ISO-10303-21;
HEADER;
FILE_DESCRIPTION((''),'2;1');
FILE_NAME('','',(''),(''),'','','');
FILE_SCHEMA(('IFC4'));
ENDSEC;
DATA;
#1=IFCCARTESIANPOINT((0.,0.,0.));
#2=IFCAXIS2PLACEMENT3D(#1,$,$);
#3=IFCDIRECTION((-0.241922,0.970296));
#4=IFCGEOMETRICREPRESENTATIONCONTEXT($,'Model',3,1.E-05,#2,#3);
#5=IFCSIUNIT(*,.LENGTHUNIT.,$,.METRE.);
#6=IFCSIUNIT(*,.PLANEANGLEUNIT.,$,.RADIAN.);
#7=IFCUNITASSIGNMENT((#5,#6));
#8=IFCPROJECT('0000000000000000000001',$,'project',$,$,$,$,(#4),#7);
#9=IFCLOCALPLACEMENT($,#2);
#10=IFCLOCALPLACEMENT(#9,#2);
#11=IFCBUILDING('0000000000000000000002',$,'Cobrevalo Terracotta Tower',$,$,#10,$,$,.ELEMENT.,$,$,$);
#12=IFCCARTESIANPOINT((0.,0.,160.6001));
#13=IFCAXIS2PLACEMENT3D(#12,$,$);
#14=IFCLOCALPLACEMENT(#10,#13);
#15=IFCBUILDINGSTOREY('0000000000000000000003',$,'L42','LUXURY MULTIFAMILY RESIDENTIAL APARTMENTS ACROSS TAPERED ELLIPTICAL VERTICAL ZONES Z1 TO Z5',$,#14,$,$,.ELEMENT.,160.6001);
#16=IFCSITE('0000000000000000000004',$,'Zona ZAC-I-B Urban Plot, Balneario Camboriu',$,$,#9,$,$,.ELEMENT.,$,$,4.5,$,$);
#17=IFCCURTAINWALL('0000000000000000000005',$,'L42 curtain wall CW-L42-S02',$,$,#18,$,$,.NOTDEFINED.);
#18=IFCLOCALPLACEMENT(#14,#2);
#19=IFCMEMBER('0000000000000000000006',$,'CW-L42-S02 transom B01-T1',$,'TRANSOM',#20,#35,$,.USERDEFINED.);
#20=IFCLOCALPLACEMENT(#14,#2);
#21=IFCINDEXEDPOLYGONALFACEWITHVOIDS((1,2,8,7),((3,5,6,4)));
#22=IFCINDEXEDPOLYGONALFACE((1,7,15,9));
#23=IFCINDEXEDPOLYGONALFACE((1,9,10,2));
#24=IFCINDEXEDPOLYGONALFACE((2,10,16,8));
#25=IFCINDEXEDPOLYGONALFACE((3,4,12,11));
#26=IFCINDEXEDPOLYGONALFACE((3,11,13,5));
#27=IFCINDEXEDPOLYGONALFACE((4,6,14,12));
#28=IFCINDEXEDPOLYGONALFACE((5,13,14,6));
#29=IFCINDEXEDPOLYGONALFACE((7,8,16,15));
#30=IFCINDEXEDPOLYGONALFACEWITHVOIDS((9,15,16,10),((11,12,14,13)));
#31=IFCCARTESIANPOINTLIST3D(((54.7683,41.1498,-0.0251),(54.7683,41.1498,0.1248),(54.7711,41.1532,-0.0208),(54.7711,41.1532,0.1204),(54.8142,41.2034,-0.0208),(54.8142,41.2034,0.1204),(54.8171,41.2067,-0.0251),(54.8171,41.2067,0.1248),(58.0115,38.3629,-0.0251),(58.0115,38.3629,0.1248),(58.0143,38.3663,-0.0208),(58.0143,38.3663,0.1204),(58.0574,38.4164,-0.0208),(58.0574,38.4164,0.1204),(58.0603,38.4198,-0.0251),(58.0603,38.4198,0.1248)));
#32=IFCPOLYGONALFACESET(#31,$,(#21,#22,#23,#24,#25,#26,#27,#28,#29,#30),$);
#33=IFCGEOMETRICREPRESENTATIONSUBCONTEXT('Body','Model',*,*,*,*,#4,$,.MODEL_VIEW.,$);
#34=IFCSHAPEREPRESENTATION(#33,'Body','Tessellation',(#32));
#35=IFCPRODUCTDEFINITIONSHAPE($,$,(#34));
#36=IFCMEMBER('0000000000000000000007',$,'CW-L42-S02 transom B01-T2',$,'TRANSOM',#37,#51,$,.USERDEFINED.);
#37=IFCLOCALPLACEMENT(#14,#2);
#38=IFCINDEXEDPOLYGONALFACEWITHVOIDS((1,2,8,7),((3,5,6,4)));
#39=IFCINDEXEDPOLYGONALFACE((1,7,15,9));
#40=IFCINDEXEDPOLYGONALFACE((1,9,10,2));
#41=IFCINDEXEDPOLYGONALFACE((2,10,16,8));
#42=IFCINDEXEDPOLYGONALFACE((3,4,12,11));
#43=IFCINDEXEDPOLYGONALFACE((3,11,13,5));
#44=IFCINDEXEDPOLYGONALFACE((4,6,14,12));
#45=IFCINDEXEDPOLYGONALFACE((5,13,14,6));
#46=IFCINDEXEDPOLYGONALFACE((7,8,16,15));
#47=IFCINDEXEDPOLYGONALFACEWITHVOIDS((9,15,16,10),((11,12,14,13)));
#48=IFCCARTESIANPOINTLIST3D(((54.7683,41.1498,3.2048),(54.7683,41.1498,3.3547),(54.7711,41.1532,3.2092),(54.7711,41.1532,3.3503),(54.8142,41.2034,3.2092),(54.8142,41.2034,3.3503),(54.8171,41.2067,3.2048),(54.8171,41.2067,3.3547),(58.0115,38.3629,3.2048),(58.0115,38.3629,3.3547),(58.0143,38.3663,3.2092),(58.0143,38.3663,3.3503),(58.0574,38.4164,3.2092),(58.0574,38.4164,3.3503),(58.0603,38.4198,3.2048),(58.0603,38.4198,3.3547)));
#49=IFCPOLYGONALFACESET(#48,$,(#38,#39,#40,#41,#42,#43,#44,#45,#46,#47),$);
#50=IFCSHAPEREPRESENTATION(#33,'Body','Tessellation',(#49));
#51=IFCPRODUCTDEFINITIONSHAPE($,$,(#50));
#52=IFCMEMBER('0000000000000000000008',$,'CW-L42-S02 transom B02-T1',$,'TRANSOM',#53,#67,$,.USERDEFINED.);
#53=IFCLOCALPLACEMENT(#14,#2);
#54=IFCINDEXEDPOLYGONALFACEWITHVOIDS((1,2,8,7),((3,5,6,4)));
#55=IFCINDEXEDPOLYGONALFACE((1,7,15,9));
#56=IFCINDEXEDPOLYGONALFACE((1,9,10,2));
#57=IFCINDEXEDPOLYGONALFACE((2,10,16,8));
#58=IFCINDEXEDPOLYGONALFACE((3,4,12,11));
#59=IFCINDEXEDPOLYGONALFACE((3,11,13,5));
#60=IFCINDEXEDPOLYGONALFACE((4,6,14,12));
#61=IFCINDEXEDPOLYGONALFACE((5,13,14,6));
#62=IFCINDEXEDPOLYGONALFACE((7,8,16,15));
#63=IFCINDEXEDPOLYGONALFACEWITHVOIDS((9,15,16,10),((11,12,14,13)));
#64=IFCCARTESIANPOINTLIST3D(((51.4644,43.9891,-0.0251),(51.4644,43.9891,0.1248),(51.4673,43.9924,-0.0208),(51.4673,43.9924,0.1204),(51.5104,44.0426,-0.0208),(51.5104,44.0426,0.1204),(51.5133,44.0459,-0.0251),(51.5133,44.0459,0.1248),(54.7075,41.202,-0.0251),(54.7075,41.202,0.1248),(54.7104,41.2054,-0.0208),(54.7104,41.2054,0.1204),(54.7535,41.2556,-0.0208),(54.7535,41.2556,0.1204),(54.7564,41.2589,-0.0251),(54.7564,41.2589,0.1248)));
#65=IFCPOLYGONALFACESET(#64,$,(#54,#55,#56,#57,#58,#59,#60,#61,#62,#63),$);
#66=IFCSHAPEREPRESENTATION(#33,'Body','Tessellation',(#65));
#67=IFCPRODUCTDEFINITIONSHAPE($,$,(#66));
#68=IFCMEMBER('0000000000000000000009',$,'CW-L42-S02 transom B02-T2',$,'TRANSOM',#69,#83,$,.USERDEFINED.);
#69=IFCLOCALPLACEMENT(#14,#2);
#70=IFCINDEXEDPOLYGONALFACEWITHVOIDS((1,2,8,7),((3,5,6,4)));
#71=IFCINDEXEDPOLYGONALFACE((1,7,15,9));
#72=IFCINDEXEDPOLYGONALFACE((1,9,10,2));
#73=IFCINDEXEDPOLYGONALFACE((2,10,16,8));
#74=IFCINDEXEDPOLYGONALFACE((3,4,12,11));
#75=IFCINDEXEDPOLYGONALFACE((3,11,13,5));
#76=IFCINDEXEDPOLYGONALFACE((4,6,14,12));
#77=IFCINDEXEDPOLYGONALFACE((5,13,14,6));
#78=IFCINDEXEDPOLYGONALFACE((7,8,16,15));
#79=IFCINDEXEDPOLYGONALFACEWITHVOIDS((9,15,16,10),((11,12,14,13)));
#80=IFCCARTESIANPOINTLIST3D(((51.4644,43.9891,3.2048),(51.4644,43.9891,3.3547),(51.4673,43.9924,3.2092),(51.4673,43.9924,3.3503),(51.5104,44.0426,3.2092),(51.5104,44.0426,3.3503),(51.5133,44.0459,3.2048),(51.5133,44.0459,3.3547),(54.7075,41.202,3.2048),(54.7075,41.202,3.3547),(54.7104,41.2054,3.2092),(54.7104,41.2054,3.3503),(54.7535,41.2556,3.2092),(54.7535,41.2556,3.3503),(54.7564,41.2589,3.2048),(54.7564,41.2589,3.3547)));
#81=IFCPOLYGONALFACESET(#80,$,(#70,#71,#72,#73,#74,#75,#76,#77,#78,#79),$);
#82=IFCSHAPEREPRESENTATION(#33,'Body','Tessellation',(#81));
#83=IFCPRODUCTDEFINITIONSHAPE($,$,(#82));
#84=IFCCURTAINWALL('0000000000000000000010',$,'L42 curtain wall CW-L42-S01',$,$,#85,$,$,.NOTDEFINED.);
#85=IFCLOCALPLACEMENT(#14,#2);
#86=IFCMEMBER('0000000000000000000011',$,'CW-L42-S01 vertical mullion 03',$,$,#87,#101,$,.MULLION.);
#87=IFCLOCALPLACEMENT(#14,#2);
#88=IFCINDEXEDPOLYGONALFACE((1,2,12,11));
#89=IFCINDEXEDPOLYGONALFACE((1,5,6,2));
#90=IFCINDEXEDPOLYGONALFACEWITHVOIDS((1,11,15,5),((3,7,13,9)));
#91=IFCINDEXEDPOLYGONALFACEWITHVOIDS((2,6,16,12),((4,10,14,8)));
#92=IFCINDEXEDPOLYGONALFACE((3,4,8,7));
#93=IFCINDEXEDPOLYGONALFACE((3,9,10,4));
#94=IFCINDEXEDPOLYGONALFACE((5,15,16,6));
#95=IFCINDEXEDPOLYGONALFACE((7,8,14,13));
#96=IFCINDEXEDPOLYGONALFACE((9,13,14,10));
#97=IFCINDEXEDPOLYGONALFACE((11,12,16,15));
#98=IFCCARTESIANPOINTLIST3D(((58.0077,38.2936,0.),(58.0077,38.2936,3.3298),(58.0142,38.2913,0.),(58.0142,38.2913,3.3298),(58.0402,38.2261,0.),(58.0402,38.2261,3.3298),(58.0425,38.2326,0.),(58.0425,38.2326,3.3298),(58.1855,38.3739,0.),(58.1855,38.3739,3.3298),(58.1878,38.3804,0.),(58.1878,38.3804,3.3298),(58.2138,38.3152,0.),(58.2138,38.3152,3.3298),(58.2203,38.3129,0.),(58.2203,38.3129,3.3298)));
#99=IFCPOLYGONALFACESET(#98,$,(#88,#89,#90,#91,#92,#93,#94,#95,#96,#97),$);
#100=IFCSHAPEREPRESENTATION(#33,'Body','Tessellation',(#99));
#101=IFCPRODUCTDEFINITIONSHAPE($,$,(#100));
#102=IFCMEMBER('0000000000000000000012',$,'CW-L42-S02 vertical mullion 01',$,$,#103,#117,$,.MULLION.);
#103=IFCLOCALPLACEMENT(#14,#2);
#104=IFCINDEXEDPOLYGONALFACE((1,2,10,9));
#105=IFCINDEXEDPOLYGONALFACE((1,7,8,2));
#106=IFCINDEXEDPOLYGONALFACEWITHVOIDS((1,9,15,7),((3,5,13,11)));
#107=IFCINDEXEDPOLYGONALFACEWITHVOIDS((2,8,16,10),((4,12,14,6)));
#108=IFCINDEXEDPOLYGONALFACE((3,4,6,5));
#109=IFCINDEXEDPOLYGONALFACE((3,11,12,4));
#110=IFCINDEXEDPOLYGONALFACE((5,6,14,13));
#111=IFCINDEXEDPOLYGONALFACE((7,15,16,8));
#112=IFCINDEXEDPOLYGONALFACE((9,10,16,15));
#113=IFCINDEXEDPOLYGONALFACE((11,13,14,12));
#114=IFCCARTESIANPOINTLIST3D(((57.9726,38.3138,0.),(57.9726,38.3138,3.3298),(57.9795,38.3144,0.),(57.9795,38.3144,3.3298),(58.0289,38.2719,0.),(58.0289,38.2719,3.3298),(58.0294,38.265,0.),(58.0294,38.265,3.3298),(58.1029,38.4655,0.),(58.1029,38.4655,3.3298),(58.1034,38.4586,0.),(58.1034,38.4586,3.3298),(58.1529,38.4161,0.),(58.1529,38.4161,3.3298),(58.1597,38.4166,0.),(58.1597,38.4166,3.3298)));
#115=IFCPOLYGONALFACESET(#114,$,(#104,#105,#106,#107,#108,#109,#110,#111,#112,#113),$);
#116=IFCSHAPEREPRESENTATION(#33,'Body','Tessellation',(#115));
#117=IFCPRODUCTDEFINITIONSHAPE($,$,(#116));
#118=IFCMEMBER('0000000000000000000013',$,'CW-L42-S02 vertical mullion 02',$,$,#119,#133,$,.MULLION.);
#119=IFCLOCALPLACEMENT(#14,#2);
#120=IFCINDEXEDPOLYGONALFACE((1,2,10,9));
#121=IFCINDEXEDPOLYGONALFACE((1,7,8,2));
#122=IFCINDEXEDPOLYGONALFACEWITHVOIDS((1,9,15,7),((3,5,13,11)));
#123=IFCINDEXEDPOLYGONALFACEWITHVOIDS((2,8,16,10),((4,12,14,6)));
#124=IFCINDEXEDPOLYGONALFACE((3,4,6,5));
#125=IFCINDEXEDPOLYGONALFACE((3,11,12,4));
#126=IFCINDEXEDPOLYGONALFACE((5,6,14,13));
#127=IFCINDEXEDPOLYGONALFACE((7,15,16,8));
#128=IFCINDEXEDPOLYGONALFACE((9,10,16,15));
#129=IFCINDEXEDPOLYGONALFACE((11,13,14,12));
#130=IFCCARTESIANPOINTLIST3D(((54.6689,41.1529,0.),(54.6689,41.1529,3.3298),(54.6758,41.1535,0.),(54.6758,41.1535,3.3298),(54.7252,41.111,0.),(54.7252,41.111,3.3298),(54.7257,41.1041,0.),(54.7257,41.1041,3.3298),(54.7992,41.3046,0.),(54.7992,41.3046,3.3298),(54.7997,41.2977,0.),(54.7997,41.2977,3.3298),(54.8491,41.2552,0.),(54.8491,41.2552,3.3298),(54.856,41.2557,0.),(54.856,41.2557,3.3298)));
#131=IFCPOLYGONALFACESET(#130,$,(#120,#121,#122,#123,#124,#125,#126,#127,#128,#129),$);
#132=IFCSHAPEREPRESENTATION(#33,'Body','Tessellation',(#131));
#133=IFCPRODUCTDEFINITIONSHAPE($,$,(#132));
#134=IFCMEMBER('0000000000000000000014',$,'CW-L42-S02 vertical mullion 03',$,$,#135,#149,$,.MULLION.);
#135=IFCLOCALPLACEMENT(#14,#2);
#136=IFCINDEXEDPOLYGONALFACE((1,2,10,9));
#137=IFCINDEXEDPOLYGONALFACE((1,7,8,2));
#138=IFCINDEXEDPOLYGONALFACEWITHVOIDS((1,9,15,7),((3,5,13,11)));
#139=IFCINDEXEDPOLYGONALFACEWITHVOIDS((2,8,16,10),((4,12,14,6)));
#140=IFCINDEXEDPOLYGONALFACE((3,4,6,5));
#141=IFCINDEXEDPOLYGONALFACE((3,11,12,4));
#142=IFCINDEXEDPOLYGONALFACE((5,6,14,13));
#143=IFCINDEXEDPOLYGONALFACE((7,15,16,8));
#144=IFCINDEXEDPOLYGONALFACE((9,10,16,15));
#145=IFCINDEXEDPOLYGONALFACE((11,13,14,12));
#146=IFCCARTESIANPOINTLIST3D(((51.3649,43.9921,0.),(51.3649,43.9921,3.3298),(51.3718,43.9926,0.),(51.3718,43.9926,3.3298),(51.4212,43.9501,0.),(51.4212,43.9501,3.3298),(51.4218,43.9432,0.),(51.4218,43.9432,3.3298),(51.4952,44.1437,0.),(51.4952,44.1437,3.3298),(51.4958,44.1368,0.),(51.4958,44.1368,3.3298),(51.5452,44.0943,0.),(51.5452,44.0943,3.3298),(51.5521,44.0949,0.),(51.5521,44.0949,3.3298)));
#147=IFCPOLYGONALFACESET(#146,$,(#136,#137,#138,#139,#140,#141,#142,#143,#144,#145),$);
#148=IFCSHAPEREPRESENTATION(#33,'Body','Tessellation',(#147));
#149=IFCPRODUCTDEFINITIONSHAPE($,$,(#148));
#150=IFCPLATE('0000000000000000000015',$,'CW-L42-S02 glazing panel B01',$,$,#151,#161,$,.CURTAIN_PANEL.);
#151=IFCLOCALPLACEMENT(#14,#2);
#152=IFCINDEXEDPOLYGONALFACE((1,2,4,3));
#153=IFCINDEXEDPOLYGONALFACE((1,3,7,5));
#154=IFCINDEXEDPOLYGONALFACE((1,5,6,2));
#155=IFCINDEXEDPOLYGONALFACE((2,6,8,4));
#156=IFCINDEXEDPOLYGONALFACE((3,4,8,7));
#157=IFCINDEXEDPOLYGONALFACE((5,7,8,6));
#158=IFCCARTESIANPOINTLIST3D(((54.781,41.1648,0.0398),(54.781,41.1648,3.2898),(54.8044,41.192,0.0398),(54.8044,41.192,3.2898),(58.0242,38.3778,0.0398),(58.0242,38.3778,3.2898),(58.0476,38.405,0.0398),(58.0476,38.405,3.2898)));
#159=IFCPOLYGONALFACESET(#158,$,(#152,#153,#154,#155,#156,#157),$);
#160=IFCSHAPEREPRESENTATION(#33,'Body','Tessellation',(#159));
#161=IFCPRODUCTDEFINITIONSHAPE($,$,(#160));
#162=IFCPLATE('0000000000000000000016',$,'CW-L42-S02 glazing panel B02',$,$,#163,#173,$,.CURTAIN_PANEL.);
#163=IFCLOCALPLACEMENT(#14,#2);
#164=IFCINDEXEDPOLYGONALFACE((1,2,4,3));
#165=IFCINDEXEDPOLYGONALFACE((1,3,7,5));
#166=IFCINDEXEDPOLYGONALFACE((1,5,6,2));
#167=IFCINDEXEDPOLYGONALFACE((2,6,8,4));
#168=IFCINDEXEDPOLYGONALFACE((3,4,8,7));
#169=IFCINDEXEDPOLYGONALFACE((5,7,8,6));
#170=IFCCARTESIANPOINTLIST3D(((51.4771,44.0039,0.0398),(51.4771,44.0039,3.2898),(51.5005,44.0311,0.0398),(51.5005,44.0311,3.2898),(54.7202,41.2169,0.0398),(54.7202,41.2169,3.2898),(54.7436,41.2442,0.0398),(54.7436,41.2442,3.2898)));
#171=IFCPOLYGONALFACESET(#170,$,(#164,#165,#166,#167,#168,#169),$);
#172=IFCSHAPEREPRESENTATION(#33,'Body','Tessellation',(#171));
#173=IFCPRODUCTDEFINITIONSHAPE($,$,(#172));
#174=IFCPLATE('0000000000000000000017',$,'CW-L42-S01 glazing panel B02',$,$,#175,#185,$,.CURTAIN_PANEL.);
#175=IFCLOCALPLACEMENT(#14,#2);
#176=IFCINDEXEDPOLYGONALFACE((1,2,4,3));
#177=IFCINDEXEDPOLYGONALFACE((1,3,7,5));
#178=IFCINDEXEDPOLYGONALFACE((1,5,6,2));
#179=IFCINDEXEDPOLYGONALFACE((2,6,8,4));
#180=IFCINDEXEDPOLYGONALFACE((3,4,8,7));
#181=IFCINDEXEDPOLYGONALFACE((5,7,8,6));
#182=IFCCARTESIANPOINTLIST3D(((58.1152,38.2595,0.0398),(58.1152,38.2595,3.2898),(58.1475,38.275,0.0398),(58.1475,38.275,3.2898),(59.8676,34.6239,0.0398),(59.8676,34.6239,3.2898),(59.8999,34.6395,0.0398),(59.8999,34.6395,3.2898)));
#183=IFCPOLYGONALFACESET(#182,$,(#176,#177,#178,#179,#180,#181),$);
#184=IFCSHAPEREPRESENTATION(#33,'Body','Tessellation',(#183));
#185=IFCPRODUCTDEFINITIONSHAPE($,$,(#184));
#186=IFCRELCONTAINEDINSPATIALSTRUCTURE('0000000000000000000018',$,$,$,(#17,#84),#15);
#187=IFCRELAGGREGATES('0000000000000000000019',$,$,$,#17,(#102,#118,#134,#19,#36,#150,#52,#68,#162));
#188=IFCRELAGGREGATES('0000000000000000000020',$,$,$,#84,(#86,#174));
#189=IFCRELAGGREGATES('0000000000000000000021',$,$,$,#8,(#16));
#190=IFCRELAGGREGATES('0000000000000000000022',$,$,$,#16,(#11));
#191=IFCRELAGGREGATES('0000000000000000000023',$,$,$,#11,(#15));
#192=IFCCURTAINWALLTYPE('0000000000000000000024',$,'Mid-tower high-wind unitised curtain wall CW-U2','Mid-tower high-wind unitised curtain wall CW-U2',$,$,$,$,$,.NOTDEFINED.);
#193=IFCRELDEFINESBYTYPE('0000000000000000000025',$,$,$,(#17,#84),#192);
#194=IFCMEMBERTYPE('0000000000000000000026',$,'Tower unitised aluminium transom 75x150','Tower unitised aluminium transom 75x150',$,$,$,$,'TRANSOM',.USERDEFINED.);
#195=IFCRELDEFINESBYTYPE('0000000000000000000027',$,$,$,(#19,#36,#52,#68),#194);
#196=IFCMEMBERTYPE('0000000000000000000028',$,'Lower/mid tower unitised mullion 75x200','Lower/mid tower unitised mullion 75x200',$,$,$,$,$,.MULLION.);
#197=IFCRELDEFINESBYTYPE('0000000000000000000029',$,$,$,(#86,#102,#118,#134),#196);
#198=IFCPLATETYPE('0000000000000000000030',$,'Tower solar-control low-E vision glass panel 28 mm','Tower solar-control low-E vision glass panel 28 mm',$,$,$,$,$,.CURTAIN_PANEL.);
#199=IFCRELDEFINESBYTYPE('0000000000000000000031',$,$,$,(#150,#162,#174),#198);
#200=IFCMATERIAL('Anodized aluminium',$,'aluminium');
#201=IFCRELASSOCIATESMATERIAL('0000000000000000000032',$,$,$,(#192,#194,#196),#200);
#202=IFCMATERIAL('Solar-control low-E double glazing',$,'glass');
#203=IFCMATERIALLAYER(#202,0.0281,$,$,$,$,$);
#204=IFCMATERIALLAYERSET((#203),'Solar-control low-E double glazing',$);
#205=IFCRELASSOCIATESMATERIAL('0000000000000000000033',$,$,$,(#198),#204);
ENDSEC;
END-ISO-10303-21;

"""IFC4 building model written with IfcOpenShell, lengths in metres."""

from ifc_helpers import new_model, si_unit, direction, frame, origin, origin_2d, place, context, subcontext, project, spatial, rectangle, hollow_rectangle, extrude, source, transform, mapped, material, layer, layer_set, material_profile, profile_set, type_object, element, aggregate, save


model = new_model("IFC4")

# Units and contexts
model_context = context("Model", 3, precision=1e-05, world=origin(), true_north=direction((-0.241922, 0.970296)))
body_context = subcontext(model_context, "Body", "Model", "MODEL_VIEW")
ifc_project = project(units=[si_unit("LENGTHUNIT", "METRE"), si_unit("PLANEANGLEUNIT", "RADIAN")], contexts=[model_context])

# Site, building, storey
site_placement = place(None, origin())
site = spatial("IfcSite", under=ifc_project, at=site_placement, Name="Zona ZAC-I-B Urban Plot, Balneario Camboriu", CompositionType="ELEMENT", RefElevation=4.5)
building_placement = place(site_placement, origin())
building = spatial("IfcBuilding", under=site, at=building_placement, Name="Cobrevalo Terracotta Tower", CompositionType="ELEMENT")
storey_placement = place(building_placement, frame((0.0, 0.0, 160.6001)))
storey = spatial("IfcBuildingStorey", under=building, at=storey_placement, Name="L42", Description="LUXURY MULTIFAMILY RESIDENTIAL APARTMENTS ACROSS TAPERED ELLIPTICAL VERTICAL ZONES Z1 TO Z5", CompositionType="ELEMENT", Elevation=160.6001)

# Curtain wall, members
ifc_material_1 = material(Name="Anodized aluminium", Category="aluminium")
curtain_wall_type = type_object("IfcCurtainWallType", Name="Mid-tower high-wind unitised curtain wall CW-U2", Description="Mid-tower high-wind unitised curtain wall CW-U2", PredefinedType="NOTDEFINED", material=ifc_material_1)
curtain_wall_1_placement = place(storey_placement, origin())
curtain_wall_1 = element("IfcCurtainWall", 1, at=curtain_wall_1_placement, inside=storey, type_object=curtain_wall_type, Name="L42 curtain wall CW-L42-S02", PredefinedType="NOTDEFINED")
ifc_material_profile_1 = material_profile(ifc_material_1, hollow_rectangle(XDim=0.075, YDim=0.1499, WallThickness=0.0044, at=origin_2d()), Name="CWT 75x150")
ifc_profile_set_1 = profile_set([ifc_material_profile_1], Name="Anodized aluminium")
member_type_1 = type_object("IfcMemberType", Name="Tower unitised aluminium transom 75x150", Description="Tower unitised aluminium transom 75x150", ElementType="TRANSOM", PredefinedType="USERDEFINED", material=ifc_profile_set_1)
shared_shape_1 = source(origin(), body_context, "Body", "SweptSolid", [
    extrude(hollow_rectangle(XDim=0.075, YDim=0.1499, WallThickness=0.0044, at=origin_2d()), origin(), (0.0, 0.0, 1.0), 4.2761),
])
member_1_placement = place(storey_placement, frame((58.0359, 38.3914, 0.0498), z_axis=(-0.758446, 0.651736, 0.0), x_axis=(-0.651736, -0.758446, 0.0)))
member_1 = element("IfcMember", 2, at=member_1_placement, type_object=member_type_1, Name="CW-L42-S02 transom B01-T1", ObjectType="TRANSOM", PredefinedType="USERDEFINED", context=body_context, shape_type="MappedRepresentation", body=[
    mapped(shared_shape_1, transform((0.0, 0.0, 0.0), scale=1.0)),
])
member_2_placement = place(storey_placement, frame((58.0359, 38.3914, 3.2798), z_axis=(-0.758446, 0.651736, 0.0), x_axis=(-0.651736, -0.758446, 0.0)))
member_2 = element("IfcMember", 3, at=member_2_placement, type_object=member_type_1, Name="CW-L42-S02 transom B01-T2", ObjectType="TRANSOM", PredefinedType="USERDEFINED", context=body_context, shape_type="MappedRepresentation", body=[
    mapped(shared_shape_1, transform((0.0, 0.0, 0.0), scale=1.0)),
])
member_3_placement = place(storey_placement, frame((54.7319, 41.2305, 0.0498), z_axis=(-0.758418, 0.651769, 0.0), x_axis=(-0.651769, -0.758418, 0.0)))
member_3 = element("IfcMember", 4, at=member_3_placement, type_object=member_type_1, Name="CW-L42-S02 transom B02-T1", ObjectType="TRANSOM", PredefinedType="USERDEFINED", context=body_context, shape_type="MappedRepresentation", body=[
    mapped(shared_shape_1, transform((0.0, 0.0, 0.0), scale=1.0)),
])
member_4_placement = place(storey_placement, frame((54.7319, 41.2305, 3.2798), z_axis=(-0.758418, 0.651769, 0.0), x_axis=(-0.651769, -0.758418, 0.0)))
member_4 = element("IfcMember", 5, at=member_4_placement, type_object=member_type_1, Name="CW-L42-S02 transom B02-T2", ObjectType="TRANSOM", PredefinedType="USERDEFINED", context=body_context, shape_type="MappedRepresentation", body=[
    mapped(shared_shape_1, transform((0.0, 0.0, 0.0), scale=1.0)),
])

# Curtain wall, member
curtain_wall_2_placement = place(storey_placement, origin())
curtain_wall_2 = element("IfcCurtainWall", 6, at=curtain_wall_2_placement, inside=storey, type_object=curtain_wall_type, Name="L42 curtain wall CW-L42-S01", PredefinedType="NOTDEFINED")
ifc_material_profile_2 = material_profile(ifc_material_1, hollow_rectangle(XDim=0.075, YDim=0.2, WallThickness=0.0049, at=origin_2d()), Name="CWM 75x200")
ifc_profile_set_2 = profile_set([ifc_material_profile_2], Name="Anodized aluminium")
member_type_2 = type_object("IfcMemberType", Name="Lower/mid tower unitised mullion 75x200", Description="Lower/mid tower unitised mullion 75x200", PredefinedType="MULLION", material=ifc_profile_set_2)
shared_shape_2 = source(origin(), body_context, "Body", "SweptSolid", [
    extrude(hollow_rectangle(XDim=0.075, YDim=0.2, WallThickness=0.0049, at=origin_2d()), origin(), (0.0, 0.0, 1.0), 3.3298),
])
member_5_placement = place(storey_placement, frame((58.114, 38.3032, 0.0), z_axis=(0.0, 0.0, 1.0), x_axis=(-0.434209, 0.900812, 0.0)))
member_5 = element("IfcMember", 7, at=member_5_placement, type_object=member_type_2, Name="CW-L42-S01 vertical mullion 03", PredefinedType="MULLION", context=body_context, shape_type="MappedRepresentation", body=[
    mapped(shared_shape_2, transform((0.0, 0.0, 0.0), scale=1.0)),
])

# Members
member_6_placement = place(storey_placement, frame((58.0662, 38.3652, 0.0), z_axis=(0.0, 0.0, 1.0), x_axis=(-0.758442, 0.651741, 0.0)))
member_6 = element("IfcMember", 8, at=member_6_placement, type_object=member_type_2, Name="CW-L42-S02 vertical mullion 01", PredefinedType="MULLION", context=body_context, shape_type="MappedRepresentation", body=[
    mapped(shared_shape_2, transform((0.0, 0.0, 0.0), scale=1.0)),
])
member_7_placement = place(storey_placement, frame((54.7625, 41.2043, 0.0), z_axis=(0.0, 0.0, 1.0), x_axis=(-0.758442, 0.651741, 0.0)))
member_7 = element("IfcMember", 9, at=member_7_placement, type_object=member_type_2, Name="CW-L42-S02 vertical mullion 02", PredefinedType="MULLION", context=body_context, shape_type="MappedRepresentation", body=[
    mapped(shared_shape_2, transform((0.0, 0.0, 0.0), scale=1.0)),
])
member_8_placement = place(storey_placement, frame((51.4585, 44.0435, 0.0), z_axis=(0.0, 0.0, 1.0), x_axis=(-0.758442, 0.651741, 0.0)))
member_8 = element("IfcMember", 10, at=member_8_placement, type_object=member_type_2, Name="CW-L42-S02 vertical mullion 03", PredefinedType="MULLION", context=body_context, shape_type="MappedRepresentation", body=[
    mapped(shared_shape_2, transform((0.0, 0.0, 0.0), scale=1.0)),
])

# Plates
ifc_material_2 = material(Name="Solar-control low-E double glazing", Category="glass")
ifc_layer_1 = layer(ifc_material_2, 0.0281)
ifc_layer_set_1 = layer_set([ifc_layer_1], Name="Solar-control low-E double glazing")
plate_type = type_object("IfcPlateType", Name="Tower solar-control low-E vision glass panel 28 mm", Description="Tower solar-control low-E vision glass panel 28 mm", PredefinedType="CURTAIN_PANEL", material=ifc_layer_set_1)
shared_shape_3 = source(origin(), body_context, "Body", "SweptSolid", [
    extrude(rectangle(XDim=4.2761, YDim=0.0359, at=origin_2d()), origin(), (0.0, 0.0, 1.0), 3.25),
])
plate_1_placement = place(storey_placement, frame((56.4143, 39.7849, 0.0398), z_axis=(0.0, 0.0, 1.0), x_axis=(-0.758437, 0.651746, 0.0)))
plate_1 = element("IfcPlate", 11, at=plate_1_placement, type_object=plate_type, Name="CW-L42-S02 glazing panel B01", PredefinedType="CURTAIN_PANEL", context=body_context, shape_type="MappedRepresentation", body=[
    mapped(shared_shape_3, transform((0.0, 0.0, 0.0), scale=1.0)),
])
plate_2_placement = place(storey_placement, frame((53.1104, 42.624, 0.0398), z_axis=(0.0, 0.0, 1.0), x_axis=(-0.758437, 0.651746, 0.0)))
plate_2 = element("IfcPlate", 12, at=plate_2_placement, type_object=plate_type, Name="CW-L42-S02 glazing panel B02", PredefinedType="CURTAIN_PANEL", context=body_context, shape_type="MappedRepresentation", body=[
    mapped(shared_shape_3, transform((0.0, 0.0, 0.0), scale=1.0)),
])
aggregate(curtain_wall_1, [member_6, member_7, member_8, member_1, member_2, plate_1, member_3, member_4, plate_2])
shared_shape_4 = source(origin(), body_context, "Body", "SweptSolid", [
    extrude(rectangle(XDim=4.0359, YDim=0.0359, at=origin_2d()), origin(), (0.0, 0.0, 1.0), 3.25),
])
plate_3_placement = place(storey_placement, frame((59.0076, 36.4495, 0.0398), z_axis=(0.0, 0.0, 1.0), x_axis=(-0.434209, 0.900812, 0.0)))
plate_3 = element("IfcPlate", 13, at=plate_3_placement, type_object=plate_type, Name="CW-L42-S01 glazing panel B02", PredefinedType="CURTAIN_PANEL", context=body_context, shape_type="MappedRepresentation", body=[
    mapped(shared_shape_4, transform((0.0, 0.0, 0.0), scale=1.0)),
])
aggregate(curtain_wall_2, [member_5, plate_3])

save(model, "model.ifc")
